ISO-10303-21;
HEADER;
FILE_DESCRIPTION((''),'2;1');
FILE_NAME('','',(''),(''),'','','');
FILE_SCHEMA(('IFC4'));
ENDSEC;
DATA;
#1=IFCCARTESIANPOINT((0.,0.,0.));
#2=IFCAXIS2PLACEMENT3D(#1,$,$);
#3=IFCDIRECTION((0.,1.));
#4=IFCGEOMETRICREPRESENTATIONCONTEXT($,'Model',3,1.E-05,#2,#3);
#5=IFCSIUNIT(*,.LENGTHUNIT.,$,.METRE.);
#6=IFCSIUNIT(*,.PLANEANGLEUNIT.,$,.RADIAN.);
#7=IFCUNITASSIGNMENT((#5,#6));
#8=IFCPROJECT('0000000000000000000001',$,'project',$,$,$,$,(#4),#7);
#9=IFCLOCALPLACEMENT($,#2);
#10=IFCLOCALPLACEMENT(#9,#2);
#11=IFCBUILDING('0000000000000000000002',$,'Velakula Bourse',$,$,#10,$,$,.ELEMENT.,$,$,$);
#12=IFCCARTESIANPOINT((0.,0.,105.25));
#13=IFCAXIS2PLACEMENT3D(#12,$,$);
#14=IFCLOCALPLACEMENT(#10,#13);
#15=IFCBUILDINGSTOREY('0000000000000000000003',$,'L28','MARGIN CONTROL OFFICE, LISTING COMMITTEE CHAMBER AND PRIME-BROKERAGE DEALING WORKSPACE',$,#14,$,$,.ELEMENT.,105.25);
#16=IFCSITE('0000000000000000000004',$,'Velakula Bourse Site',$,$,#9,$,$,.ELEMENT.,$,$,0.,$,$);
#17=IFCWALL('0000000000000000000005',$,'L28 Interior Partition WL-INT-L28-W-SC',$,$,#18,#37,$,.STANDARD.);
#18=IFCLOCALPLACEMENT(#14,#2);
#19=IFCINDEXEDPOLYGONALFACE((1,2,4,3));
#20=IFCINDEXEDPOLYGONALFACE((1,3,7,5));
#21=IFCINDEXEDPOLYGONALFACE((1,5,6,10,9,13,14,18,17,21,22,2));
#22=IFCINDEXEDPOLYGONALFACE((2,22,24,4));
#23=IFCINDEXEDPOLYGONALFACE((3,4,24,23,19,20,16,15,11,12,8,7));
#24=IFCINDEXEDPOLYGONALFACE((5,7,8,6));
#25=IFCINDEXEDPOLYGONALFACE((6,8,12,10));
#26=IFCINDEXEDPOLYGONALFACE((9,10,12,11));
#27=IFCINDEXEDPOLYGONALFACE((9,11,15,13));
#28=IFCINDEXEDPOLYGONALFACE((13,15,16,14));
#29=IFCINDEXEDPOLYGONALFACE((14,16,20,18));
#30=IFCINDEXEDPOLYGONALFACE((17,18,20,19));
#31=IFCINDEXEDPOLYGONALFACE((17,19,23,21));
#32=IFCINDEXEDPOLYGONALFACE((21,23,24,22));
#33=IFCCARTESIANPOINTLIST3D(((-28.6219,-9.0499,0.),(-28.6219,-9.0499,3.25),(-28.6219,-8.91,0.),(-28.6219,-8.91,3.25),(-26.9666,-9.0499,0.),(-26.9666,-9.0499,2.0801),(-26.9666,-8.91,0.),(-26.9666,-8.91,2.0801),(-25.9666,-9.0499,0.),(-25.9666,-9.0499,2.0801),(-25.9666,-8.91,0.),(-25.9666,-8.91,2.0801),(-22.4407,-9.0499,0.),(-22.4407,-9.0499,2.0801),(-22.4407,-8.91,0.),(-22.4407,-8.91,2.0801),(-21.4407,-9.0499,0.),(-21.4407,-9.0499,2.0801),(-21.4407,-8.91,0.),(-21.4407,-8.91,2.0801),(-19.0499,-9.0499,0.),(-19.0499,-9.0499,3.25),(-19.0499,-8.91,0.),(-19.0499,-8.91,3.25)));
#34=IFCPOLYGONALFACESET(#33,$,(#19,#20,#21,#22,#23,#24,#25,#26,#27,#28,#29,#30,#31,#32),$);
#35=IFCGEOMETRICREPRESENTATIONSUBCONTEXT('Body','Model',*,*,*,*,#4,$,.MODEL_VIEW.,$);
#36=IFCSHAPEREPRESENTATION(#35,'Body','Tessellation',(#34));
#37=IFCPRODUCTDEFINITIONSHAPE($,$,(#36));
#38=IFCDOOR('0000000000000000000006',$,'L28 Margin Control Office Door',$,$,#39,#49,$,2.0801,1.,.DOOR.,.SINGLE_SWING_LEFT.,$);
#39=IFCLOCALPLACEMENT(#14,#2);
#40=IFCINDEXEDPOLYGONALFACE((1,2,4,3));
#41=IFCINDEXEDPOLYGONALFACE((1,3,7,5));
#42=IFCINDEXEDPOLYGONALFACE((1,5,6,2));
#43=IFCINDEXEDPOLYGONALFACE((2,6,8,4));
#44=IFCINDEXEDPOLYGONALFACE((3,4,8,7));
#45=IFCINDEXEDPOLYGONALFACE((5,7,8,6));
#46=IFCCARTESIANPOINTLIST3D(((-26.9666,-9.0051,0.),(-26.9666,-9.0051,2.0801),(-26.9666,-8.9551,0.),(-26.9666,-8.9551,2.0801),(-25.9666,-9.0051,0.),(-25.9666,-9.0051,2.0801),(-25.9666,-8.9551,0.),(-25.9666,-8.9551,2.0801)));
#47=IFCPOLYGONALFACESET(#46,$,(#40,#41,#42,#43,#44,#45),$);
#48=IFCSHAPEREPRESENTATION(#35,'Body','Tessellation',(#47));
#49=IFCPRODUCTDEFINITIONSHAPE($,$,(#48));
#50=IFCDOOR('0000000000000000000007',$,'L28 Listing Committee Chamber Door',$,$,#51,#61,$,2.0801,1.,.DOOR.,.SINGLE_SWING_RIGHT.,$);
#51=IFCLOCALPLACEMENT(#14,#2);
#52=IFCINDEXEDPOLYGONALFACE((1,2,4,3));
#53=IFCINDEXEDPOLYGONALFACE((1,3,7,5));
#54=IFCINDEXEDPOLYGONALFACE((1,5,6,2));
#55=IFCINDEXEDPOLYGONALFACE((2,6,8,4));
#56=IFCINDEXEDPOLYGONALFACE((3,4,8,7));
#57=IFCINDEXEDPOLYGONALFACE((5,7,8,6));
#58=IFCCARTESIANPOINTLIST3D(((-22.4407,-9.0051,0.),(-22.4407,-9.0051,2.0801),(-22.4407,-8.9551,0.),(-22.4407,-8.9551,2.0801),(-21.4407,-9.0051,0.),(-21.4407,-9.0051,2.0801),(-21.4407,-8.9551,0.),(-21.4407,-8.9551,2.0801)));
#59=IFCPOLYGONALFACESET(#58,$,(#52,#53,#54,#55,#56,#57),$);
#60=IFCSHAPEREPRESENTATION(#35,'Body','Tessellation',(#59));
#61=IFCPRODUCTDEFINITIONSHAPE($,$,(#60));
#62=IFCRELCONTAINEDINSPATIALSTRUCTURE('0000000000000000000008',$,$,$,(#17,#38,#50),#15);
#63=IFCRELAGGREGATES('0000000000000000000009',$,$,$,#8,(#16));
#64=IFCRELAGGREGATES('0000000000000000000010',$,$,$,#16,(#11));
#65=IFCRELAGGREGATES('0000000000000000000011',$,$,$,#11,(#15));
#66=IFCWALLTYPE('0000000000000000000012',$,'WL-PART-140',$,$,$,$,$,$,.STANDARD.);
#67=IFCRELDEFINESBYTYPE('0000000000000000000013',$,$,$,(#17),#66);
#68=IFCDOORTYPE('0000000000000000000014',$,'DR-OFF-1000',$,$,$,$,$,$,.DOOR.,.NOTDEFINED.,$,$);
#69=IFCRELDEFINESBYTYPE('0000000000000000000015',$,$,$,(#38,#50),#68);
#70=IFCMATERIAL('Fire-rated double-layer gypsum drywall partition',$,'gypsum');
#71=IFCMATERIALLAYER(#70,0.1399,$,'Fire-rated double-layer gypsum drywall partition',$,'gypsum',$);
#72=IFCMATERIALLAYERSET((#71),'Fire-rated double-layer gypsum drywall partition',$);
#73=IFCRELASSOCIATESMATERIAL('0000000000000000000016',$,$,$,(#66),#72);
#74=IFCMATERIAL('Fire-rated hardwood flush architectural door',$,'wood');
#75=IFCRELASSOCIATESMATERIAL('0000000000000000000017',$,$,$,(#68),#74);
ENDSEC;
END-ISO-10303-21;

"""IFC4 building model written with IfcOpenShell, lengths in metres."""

from ifc_helpers import new_model, si_unit, direction, frame, frame_2d, origin, place, context, subcontext, project, spatial, rectangle, extrude, material, layer, layer_set, type_object, element, fill, save


model = new_model("IFC4")

# Units and contexts
model_context = context("Model", 3, precision=1e-05, world=origin(), true_north=direction((0.0, 1.0)))
body_context = subcontext(model_context, "Body", "Model", "MODEL_VIEW")
ifc_project = project(units=[si_unit("LENGTHUNIT", "METRE"), si_unit("PLANEANGLEUNIT", "RADIAN")], contexts=[model_context])

# Site, building, storey
site_placement = place(None, origin())
site = spatial("IfcSite", under=ifc_project, at=site_placement, Name="Velakula Bourse Site", CompositionType="ELEMENT", RefElevation=0.0)
building_placement = place(site_placement, origin())
building = spatial("IfcBuilding", under=site, at=building_placement, Name="Velakula Bourse", CompositionType="ELEMENT")
storey_placement = place(building_placement, frame((0.0, 0.0, 105.25)))
storey = spatial("IfcBuildingStorey", under=building, at=storey_placement, Name="L28", Description="MARGIN CONTROL OFFICE, LISTING COMMITTEE CHAMBER AND PRIME-BROKERAGE DEALING WORKSPACE", CompositionType="ELEMENT", Elevation=105.25)

# Shared definitions
ifc_material_1 = material(Name="Fire-rated double-layer gypsum drywall partition", Category="gypsum")

# Wall, openings, doors
ifc_layer_1 = layer(ifc_material_1, 0.1399, Name="Fire-rated double-layer gypsum drywall partition", Category="gypsum")
ifc_layer_set_1 = layer_set([ifc_layer_1], Name="Fire-rated double-layer gypsum drywall partition")
wall_type_1 = type_object("IfcWallType", Name="WL-PART-140", PredefinedType="STANDARD", material=ifc_layer_set_1)
ifc_material_2 = material(Name="Fire-rated hardwood flush architectural door", Category="wood")
door_type_1 = type_object("IfcDoorType", Name="DR-OFF-1000", OperationType="NOTDEFINED", PredefinedType="DOOR", material=ifc_material_2)
wall_1_placement = place(storey_placement, frame((-28.6221, -8.98, 0.0), z_axis=(0.0, 0.0, 1.0), x_axis=(1.0, 0.0, 0.0)))
wall_1 = element("IfcWall", 1, at=wall_1_placement, inside=storey, type_object=wall_type_1, Name="L28 Interior Partition WL-INT-L28-W-SC", PredefinedType="STANDARD", context=body_context, shape_type="SweptSolid", body=[
    extrude(rectangle(XDim=9.572, YDim=0.1399, at=frame_2d((4.7861, 0.0))), origin(), (0.0, 0.0, 1.0), 3.25),
])
opening_1_placement = place(wall_1_placement, frame((1.6555, 0.0, 0.0)))
opening_1 = element("IfcOpeningElement", 2, at=opening_1_placement, cuts=wall_1, PredefinedType="OPENING", context=body_context, shape_type="SweptSolid", body=[
    extrude(rectangle(XDim=1.0, YDim=2.0801, at=frame_2d((0.5, 1.04))), frame((0.0, 0.0798, 0.0), z_axis=(0.0, -1.0, 0.0), x_axis=(1.0, 0.0, 0.0)), (0.0, 0.0, 1.0), 0.1599),
])
opening_2_placement = place(wall_1_placement, frame((6.1814, 0.0, 0.0)))
opening_2 = element("IfcOpeningElement", 3, at=opening_2_placement, cuts=wall_1, PredefinedType="OPENING", context=body_context, shape_type="SweptSolid", body=[
    extrude(rectangle(XDim=1.0, YDim=2.0801, at=frame_2d((0.5, 1.04))), frame((0.0, 0.0798, 0.0), z_axis=(0.0, -1.0, 0.0), x_axis=(1.0, 0.0, 0.0)), (0.0, 0.0, 1.0), 0.1599),
])
door_1_placement = place(opening_1_placement, origin())
door_1 = element("IfcDoor", 4, at=door_1_placement, inside=storey, type_object=door_type_1, Name="L28 Margin Control Office Door", OperationType="SINGLE_SWING_LEFT", OverallHeight=2.0801, OverallWidth=1.0, PredefinedType="DOOR", context=body_context, shape_type="SweptSolid", body=[
    extrude(rectangle(XDim=1.0, YDim=2.0801, at=frame_2d((0.5, 1.04))), frame((0.0, 0.0249, 0.0), z_axis=(0.0, -1.0, 0.0), x_axis=(1.0, 0.0, 0.0)), (0.0, 0.0, 1.0), 0.05),
])
fill(opening_1, door_1)
door_2_placement = place(opening_2_placement, origin())
door_2 = element("IfcDoor", 5, at=door_2_placement, inside=storey, type_object=door_type_1, Name="L28 Listing Committee Chamber Door", OperationType="SINGLE_SWING_RIGHT", OverallHeight=2.0801, OverallWidth=1.0, PredefinedType="DOOR", context=body_context, shape_type="SweptSolid", body=[
    extrude(rectangle(XDim=1.0, YDim=2.0801, at=frame_2d((0.5, 1.04))), frame((0.0, 0.0249, 0.0), z_axis=(0.0, -1.0, 0.0), x_axis=(1.0, 0.0, 0.0)), (0.0, 0.0, 1.0), 0.05),
])
fill(opening_2, door_2)

save(model, "model.ifc")
